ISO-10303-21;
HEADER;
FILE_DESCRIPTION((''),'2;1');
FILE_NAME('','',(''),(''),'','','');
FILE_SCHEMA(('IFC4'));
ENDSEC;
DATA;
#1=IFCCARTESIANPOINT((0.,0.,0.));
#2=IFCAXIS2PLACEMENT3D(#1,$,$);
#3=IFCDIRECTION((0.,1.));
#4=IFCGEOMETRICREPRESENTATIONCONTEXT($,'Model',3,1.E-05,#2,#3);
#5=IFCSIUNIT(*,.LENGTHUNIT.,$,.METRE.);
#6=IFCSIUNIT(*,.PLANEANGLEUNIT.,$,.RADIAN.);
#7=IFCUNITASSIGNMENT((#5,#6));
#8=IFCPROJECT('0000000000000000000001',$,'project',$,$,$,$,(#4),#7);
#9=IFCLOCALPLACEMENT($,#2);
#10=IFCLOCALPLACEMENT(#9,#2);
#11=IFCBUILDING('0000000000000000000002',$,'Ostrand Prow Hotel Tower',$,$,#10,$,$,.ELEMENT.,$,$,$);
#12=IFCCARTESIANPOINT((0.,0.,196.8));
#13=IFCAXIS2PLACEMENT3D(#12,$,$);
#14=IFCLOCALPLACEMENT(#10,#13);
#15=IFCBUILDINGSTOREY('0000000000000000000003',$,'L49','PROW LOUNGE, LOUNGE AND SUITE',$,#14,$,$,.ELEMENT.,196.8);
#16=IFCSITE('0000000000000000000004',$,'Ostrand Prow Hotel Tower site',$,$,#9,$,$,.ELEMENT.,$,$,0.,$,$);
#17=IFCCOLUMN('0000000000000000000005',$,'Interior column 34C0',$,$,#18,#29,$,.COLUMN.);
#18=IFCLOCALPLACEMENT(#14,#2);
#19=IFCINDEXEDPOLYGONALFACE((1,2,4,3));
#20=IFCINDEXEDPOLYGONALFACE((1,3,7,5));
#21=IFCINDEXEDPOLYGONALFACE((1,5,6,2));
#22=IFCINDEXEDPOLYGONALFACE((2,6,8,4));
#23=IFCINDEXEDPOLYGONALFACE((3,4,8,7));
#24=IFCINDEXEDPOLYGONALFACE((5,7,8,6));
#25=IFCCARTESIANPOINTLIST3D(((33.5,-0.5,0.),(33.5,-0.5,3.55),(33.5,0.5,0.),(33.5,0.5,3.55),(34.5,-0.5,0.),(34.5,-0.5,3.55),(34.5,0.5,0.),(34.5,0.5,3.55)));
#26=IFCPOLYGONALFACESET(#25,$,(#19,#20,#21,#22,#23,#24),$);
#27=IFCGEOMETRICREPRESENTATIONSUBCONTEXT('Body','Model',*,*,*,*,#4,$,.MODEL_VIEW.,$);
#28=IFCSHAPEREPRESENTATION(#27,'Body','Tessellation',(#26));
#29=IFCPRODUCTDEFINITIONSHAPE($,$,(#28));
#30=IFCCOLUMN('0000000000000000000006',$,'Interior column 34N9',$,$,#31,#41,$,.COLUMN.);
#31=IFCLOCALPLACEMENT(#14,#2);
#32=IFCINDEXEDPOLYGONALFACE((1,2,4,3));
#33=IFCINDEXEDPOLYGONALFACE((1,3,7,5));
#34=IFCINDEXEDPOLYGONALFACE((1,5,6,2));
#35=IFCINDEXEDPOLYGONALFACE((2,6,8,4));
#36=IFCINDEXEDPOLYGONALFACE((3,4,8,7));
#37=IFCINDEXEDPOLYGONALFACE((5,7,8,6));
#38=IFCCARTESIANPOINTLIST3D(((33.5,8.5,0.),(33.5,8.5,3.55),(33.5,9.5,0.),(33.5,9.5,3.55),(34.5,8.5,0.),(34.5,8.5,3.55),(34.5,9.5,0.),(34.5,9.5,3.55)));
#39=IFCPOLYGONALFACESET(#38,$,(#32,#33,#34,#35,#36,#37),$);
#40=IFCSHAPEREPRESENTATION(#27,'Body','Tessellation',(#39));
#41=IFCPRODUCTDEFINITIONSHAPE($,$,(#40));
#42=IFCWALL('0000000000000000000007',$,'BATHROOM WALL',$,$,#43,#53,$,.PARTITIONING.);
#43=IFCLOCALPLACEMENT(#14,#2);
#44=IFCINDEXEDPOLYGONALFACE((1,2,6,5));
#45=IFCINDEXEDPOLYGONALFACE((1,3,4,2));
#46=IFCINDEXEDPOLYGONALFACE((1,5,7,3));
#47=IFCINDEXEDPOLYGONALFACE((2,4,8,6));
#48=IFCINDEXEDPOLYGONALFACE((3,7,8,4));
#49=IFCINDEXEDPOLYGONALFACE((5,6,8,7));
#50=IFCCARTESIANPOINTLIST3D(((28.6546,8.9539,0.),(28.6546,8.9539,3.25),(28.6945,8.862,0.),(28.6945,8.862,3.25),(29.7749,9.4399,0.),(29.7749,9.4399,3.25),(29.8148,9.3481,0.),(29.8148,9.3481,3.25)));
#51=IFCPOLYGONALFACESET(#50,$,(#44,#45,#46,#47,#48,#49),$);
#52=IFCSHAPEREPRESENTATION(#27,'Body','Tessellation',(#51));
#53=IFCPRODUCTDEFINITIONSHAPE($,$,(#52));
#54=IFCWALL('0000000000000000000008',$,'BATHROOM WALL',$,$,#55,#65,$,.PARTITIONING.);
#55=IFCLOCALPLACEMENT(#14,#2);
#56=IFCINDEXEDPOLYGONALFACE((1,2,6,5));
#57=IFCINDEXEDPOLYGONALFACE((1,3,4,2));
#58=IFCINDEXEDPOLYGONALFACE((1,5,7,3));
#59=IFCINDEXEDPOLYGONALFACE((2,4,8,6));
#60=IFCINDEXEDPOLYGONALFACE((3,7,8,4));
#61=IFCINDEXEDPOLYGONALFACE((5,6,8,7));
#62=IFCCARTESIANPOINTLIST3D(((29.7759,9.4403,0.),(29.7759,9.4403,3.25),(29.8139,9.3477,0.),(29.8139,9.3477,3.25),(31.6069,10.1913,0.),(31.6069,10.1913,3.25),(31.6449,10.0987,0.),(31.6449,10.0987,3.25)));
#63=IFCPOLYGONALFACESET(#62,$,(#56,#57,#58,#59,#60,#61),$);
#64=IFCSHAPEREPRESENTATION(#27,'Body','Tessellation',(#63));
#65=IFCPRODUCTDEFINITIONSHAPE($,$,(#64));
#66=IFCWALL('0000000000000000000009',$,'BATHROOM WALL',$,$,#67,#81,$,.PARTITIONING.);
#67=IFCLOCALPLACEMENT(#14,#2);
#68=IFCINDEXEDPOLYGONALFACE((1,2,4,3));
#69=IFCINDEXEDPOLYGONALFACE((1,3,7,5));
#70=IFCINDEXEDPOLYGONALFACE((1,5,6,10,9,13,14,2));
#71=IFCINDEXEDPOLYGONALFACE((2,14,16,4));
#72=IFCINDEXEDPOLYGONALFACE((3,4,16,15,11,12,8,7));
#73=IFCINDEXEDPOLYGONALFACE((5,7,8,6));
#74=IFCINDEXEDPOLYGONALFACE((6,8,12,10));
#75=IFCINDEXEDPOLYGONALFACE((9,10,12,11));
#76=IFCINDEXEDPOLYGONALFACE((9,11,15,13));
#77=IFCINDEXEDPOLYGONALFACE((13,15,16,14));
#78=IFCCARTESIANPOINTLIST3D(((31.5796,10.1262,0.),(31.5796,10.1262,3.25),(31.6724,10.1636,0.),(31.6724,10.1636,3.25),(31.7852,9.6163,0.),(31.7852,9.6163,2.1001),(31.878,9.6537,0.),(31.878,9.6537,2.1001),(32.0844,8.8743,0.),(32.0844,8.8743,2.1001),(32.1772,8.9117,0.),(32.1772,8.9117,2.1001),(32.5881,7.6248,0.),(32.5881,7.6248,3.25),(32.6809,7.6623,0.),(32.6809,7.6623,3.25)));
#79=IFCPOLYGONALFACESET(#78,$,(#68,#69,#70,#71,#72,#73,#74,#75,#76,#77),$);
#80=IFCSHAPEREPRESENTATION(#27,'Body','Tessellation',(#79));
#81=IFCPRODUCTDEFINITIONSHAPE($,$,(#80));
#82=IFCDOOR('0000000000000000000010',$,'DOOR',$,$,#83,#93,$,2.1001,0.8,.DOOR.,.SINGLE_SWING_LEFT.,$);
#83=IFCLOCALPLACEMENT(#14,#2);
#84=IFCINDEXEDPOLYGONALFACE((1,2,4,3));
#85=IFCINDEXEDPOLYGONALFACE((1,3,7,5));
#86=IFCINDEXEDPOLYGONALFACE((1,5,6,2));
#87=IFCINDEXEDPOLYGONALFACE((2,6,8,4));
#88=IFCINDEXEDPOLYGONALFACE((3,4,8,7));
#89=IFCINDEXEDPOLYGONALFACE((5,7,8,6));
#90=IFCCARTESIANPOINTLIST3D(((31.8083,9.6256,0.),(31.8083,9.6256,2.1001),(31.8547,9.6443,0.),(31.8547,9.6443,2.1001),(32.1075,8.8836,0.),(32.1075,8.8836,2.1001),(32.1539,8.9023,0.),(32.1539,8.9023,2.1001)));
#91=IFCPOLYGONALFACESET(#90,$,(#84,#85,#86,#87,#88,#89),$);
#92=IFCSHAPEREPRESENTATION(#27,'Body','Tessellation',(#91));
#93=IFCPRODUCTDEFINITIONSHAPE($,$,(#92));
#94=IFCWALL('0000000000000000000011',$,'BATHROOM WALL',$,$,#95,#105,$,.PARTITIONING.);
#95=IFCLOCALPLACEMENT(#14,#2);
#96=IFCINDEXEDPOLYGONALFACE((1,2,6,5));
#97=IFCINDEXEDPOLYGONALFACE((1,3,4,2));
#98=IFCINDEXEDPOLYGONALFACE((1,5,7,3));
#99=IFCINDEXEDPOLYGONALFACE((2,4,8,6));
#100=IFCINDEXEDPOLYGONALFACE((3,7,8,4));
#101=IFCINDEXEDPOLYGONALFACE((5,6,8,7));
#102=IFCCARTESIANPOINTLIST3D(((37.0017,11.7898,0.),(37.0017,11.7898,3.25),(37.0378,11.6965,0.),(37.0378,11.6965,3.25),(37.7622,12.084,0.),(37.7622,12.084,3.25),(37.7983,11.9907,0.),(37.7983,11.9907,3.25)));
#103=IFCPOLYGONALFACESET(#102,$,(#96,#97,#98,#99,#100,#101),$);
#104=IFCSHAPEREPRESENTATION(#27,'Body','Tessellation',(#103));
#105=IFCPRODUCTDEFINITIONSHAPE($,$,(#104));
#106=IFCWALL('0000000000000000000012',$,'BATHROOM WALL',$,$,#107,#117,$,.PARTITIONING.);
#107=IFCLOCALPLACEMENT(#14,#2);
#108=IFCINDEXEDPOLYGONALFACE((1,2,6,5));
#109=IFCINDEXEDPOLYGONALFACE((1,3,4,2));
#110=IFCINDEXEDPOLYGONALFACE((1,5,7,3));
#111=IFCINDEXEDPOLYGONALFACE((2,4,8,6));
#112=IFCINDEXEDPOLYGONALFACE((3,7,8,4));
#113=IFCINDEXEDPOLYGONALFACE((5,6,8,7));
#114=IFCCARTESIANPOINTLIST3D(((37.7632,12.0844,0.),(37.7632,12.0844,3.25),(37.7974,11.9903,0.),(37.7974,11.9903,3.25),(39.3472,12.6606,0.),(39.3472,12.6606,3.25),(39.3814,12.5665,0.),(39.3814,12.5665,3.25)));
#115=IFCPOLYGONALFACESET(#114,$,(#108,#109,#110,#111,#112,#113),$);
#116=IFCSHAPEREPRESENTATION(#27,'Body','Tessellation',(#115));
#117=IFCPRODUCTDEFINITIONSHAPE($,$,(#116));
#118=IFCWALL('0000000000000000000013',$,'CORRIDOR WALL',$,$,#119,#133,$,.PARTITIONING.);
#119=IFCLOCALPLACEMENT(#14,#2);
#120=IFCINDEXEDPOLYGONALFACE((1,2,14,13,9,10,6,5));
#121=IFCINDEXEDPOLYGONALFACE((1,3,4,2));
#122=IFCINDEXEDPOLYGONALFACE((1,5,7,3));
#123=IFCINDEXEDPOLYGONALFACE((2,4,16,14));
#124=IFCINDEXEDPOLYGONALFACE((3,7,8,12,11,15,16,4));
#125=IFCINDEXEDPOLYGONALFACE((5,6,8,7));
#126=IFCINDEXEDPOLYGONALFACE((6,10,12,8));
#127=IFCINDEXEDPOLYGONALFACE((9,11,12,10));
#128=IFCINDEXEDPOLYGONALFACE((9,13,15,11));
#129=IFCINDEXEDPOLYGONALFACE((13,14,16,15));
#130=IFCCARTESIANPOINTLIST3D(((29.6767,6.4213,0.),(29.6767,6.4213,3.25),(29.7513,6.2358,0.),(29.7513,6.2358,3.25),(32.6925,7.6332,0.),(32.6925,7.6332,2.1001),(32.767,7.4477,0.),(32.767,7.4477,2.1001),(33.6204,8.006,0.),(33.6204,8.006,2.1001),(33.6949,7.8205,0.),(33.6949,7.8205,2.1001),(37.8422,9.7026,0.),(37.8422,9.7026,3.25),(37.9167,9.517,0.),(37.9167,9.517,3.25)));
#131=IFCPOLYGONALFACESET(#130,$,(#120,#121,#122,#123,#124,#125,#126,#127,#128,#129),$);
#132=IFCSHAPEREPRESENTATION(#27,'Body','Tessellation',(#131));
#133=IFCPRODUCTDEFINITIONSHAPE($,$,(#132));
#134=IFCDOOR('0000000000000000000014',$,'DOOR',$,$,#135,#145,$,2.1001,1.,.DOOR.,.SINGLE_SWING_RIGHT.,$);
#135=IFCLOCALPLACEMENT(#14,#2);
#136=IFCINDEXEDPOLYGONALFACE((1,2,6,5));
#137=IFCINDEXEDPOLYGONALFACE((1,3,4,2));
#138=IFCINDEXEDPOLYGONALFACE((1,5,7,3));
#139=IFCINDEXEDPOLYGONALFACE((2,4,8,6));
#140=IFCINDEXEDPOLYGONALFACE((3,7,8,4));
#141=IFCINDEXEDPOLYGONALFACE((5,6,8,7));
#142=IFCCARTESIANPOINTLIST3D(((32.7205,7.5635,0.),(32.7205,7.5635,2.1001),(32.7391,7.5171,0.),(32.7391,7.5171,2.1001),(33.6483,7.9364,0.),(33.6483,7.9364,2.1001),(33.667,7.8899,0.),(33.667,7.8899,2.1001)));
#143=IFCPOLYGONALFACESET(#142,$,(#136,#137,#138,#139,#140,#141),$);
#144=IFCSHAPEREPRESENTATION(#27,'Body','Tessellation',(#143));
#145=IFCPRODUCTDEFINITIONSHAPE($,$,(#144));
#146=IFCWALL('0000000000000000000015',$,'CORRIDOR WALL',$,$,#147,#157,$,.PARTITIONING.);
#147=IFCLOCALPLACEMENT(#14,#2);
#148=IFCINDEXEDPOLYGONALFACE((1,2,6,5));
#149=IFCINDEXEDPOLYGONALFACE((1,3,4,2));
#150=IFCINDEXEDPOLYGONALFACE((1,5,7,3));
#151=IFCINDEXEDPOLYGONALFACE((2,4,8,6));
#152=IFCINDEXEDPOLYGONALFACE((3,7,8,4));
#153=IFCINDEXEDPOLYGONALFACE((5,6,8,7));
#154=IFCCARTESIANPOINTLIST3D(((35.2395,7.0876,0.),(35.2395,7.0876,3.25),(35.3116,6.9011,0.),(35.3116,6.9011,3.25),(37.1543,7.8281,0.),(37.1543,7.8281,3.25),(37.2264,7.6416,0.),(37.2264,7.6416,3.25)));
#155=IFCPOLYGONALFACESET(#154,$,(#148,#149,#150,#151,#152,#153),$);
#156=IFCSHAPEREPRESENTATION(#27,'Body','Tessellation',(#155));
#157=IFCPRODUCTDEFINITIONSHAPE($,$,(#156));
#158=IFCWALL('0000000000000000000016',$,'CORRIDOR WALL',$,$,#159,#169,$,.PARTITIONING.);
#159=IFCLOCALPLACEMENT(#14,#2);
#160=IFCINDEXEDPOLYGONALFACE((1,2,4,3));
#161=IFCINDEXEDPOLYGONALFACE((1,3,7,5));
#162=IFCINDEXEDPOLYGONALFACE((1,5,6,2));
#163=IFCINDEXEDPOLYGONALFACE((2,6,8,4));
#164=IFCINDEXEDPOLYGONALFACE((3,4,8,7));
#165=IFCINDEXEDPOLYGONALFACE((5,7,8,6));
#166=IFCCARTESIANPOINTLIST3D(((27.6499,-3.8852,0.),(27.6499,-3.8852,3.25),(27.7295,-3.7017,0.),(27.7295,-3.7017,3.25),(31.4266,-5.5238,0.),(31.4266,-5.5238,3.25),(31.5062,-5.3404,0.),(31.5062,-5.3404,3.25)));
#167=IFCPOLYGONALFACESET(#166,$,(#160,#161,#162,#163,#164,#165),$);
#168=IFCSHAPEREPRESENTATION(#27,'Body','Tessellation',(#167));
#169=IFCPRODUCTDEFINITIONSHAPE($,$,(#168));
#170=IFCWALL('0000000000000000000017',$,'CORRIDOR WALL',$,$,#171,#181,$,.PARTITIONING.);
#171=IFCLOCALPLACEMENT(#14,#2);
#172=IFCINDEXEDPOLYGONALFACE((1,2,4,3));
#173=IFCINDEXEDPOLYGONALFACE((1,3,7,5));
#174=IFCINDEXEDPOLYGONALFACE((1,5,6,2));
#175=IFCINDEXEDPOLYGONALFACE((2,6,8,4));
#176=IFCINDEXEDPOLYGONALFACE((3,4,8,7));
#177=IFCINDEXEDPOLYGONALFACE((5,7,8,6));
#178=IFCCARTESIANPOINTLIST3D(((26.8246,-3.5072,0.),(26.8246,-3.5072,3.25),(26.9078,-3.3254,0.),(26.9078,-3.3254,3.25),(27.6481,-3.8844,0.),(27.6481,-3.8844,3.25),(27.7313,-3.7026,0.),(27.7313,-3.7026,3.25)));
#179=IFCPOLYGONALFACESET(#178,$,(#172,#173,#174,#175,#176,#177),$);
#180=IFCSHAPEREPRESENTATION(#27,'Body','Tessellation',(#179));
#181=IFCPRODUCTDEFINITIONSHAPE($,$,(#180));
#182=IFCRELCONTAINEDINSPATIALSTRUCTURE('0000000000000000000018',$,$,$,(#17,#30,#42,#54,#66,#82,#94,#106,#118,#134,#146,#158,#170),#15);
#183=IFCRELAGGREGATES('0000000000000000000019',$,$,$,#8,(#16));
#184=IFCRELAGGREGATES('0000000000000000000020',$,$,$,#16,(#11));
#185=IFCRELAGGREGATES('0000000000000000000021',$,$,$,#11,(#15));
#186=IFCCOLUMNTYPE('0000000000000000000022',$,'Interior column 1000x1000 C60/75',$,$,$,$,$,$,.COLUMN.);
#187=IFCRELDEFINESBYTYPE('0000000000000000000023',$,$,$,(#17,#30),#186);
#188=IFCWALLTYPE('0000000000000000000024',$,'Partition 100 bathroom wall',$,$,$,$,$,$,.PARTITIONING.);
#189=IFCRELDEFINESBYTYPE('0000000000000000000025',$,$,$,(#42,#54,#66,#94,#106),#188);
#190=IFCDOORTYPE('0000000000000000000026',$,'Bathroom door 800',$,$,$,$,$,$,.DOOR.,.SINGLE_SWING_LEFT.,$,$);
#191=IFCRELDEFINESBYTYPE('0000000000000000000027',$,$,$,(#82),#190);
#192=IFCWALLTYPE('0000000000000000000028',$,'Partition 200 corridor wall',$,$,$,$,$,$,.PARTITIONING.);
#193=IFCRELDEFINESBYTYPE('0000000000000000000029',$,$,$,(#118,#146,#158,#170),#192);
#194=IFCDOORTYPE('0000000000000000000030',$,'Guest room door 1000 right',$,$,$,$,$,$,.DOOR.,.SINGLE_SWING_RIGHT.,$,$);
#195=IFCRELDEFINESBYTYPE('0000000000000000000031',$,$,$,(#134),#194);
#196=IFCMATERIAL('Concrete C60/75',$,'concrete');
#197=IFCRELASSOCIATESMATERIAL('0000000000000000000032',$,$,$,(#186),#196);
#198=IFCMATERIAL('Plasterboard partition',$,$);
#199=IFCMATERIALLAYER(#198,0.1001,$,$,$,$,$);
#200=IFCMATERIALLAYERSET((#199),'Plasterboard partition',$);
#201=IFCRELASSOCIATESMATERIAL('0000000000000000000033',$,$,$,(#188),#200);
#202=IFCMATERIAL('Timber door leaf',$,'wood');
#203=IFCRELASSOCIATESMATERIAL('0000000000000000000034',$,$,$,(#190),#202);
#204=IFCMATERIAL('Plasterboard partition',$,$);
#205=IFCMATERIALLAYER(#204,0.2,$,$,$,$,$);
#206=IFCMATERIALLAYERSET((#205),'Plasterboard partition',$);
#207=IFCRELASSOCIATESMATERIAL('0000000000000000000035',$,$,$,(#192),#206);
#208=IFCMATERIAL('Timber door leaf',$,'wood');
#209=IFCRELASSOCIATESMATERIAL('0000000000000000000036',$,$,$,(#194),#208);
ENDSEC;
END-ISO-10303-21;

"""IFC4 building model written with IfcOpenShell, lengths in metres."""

from ifc_helpers import new_model, si_unit, direction, frame, frame_2d, origin, origin_2d, place, context, subcontext, project, spatial, rectangle, extrude, material, layer, layer_set, material_profile, profile_set, type_object, element, fill, save


model = new_model("IFC4")

# Units and contexts
model_context = context("Model", 3, precision=1e-05, world=origin(), true_north=direction((0.0, 1.0)))
body_context = subcontext(model_context, "Body", "Model", "MODEL_VIEW")
ifc_project = project(units=[si_unit("LENGTHUNIT", "METRE"), si_unit("PLANEANGLEUNIT", "RADIAN")], contexts=[model_context])

# Site, building, storey
site_placement = place(None, origin())
site = spatial("IfcSite", under=ifc_project, at=site_placement, Name="Ostrand Prow Hotel Tower site", CompositionType="ELEMENT", RefElevation=0.0)
building_placement = place(site_placement, origin())
building = spatial("IfcBuilding", under=site, at=building_placement, Name="Ostrand Prow Hotel Tower", CompositionType="ELEMENT")
storey_placement = place(building_placement, frame((0.0, 0.0, 196.8)))
storey = spatial("IfcBuildingStorey", under=building, at=storey_placement, Name="L49", Description="PROW LOUNGE, LOUNGE AND SUITE", CompositionType="ELEMENT", Elevation=196.8)

# Columns
ifc_material_1 = material(Name="Concrete C60/75", Category="concrete")
ifc_material_profile = material_profile(ifc_material_1, rectangle(XDim=1.0, YDim=1.0, at=origin_2d()), Name="RC 1000x1000")
ifc_profile_set = profile_set([ifc_material_profile], Name="Concrete C60/75")
column_type = type_object("IfcColumnType", Name="Interior column 1000x1000 C60/75", PredefinedType="COLUMN", material=ifc_profile_set)
for number, where, z_axis, x_axis, name in (
    (1, (34.0, 0.0, 0.0), (0.0, 0.0, 1.0), (1.0, 0.0, 0.0), "Interior column 34C0"),
    (2, (34.0, 9.0, 0.0), (0.0, 0.0, 1.0), (1.0, 0.0, 0.0), "Interior column 34N9"),
):
    element("IfcColumn", number, at=place(storey_placement, frame(where, z_axis=z_axis, x_axis=x_axis)), inside=storey, type_object=column_type, Name=name, PredefinedType="COLUMN", context=body_context, shape_type="SweptSolid", body=[
        extrude(rectangle(XDim=1.0, YDim=1.0, at=origin_2d()), origin(), (0.0, 0.0, 1.0), 3.55),
    ])

# Walls
ifc_material_2 = material(Name="Plasterboard partition")
ifc_layer_1 = layer(ifc_material_2, 0.1001)
ifc_layer_set_1 = layer_set([ifc_layer_1], Name="Plasterboard partition")
wall_type_1 = type_object("IfcWallType", Name="Partition 100 bathroom wall", PredefinedType="PARTITIONING", material=ifc_layer_set_1)
wall_1_placement = place(storey_placement, frame((28.6746, 8.908, 0.0), z_axis=(0.0, 0.0, 1.0), x_axis=(0.917378, 0.398017, 0.0)))
element("IfcWall", 3, at=wall_1_placement, inside=storey, type_object=wall_type_1, Name="BATHROOM WALL", PredefinedType="PARTITIONING", context=body_context, shape_type="SweptSolid", body=[
    extrude(rectangle(XDim=1.2212, YDim=0.1001, at=frame_2d((0.6106, 0.0))), origin(), (0.0, 0.0, 1.0), 3.25),
])
wall_2_placement = place(storey_placement, frame((29.7949, 9.394, 0.0), z_axis=(0.0, 0.0, 1.0), x_axis=(0.925209, 0.379459, 0.0)))
element("IfcWall", 4, at=wall_2_placement, inside=storey, type_object=wall_type_1, Name="BATHROOM WALL", PredefinedType="PARTITIONING", context=body_context, shape_type="SweptSolid", body=[
    extrude(rectangle(XDim=1.979, YDim=0.1001, at=frame_2d((0.9895, 0.0))), origin(), (0.0, 0.0, 1.0), 3.25),
])

# Wall, opening, door
wall_3_placement = place(storey_placement, frame((31.626, 10.145, 0.0), z_axis=(0.0, 0.0, 1.0), x_axis=(0.373933, -0.927456, 0.0)))
wall_3 = element("IfcWall", 5, at=wall_3_placement, inside=storey, type_object=wall_type_1, Name="BATHROOM WALL", PredefinedType="PARTITIONING", context=body_context, shape_type="SweptSolid", body=[
    extrude(rectangle(XDim=2.697, YDim=0.1001, at=frame_2d((1.3486, 0.0))), origin(), (0.0, 0.0, 1.0), 3.25),
])
opening_1_placement = place(wall_3_placement, frame((0.55, 0.0, 0.0)))
opening_1 = element("IfcOpeningElement", 6, at=opening_1_placement, cuts=wall_3, PredefinedType="OPENING", context=body_context, shape_type="SweptSolid", body=[
    extrude(rectangle(XDim=0.8, YDim=2.1001, at=frame_2d((0.3999, 1.05))), frame((0.0, 0.0601, 0.0), z_axis=(0.0, -1.0, 0.0), x_axis=(1.0, 0.0, 0.0)), (0.0, 0.0, 1.0), 0.1201),
])
ifc_material_3 = material(Name="Timber door leaf", Category="wood")
door_type_1 = type_object("IfcDoorType", Name="Bathroom door 800", OperationType="SINGLE_SWING_LEFT", PredefinedType="DOOR", material=ifc_material_3)
door_1_placement = place(opening_1_placement, origin())
door_1 = element("IfcDoor", 7, at=door_1_placement, inside=storey, type_object=door_type_1, Name="DOOR", OperationType="SINGLE_SWING_LEFT", OverallHeight=2.1001, OverallWidth=0.8, PredefinedType="DOOR", context=body_context, shape_type="SweptSolid", body=[
    extrude(rectangle(XDim=0.8, YDim=2.1001, at=frame_2d((0.3999, 1.05))), frame((0.0, 0.0249, 0.0), z_axis=(0.0, -1.0, 0.0), x_axis=(1.0, 0.0, 0.0)), (0.0, 0.0, 1.0), 0.05),
])
fill(opening_1, door_1)

# Walls
wall_4_placement = place(storey_placement, frame((37.0198, 11.7432, 0.0), z_axis=(0.0, 0.0, 1.0), x_axis=(0.932649, 0.360784, 0.0)))
element("IfcWall", 8, at=wall_4_placement, inside=storey, type_object=wall_type_1, Name="BATHROOM WALL", PredefinedType="PARTITIONING", context=body_context, shape_type="SweptSolid", body=[
    extrude(rectangle(XDim=0.8154, YDim=0.1001, at=frame_2d((0.4077, 0.0))), origin(), (0.0, 0.0, 1.0), 3.25),
])
wall_5_placement = place(storey_placement, frame((37.7803, 12.0374, 0.0), z_axis=(0.0, 0.0, 1.0), x_axis=(0.93976, 0.341836, 0.0)))
element("IfcWall", 9, at=wall_5_placement, inside=storey, type_object=wall_type_1, Name="BATHROOM WALL", PredefinedType="PARTITIONING", context=body_context, shape_type="SweptSolid", body=[
    extrude(rectangle(XDim=1.6855, YDim=0.1001, at=frame_2d((0.8428, 0.0))), origin(), (0.0, 0.0, 1.0), 3.25),
])

# Wall, opening, door
ifc_material_4 = material(Name="Plasterboard partition")
ifc_layer_2 = layer(ifc_material_4, 0.2)
ifc_layer_set_2 = layer_set([ifc_layer_2], Name="Plasterboard partition")
wall_type_2 = type_object("IfcWallType", Name="Partition 200 corridor wall", PredefinedType="PARTITIONING", material=ifc_layer_set_2)
wall_6_placement = place(storey_placement, frame((29.7141, 6.3286, 0.0), z_axis=(0.0, 0.0, 1.0), x_axis=(0.927886, 0.372863, 0.0)))
wall_6 = element("IfcWall", 10, at=wall_6_placement, inside=storey, type_object=wall_type_2, Name="CORRIDOR WALL", PredefinedType="PARTITIONING", context=body_context, shape_type="SweptSolid", body=[
    extrude(rectangle(XDim=8.8, YDim=0.2, at=frame_2d((4.3999, 0.0))), origin(), (0.0, 0.0, 1.0), 3.25),
])
opening_2_placement = place(wall_6_placement, frame((3.25, 0.0, 0.0)))
opening_2 = element("IfcOpeningElement", 11, at=opening_2_placement, cuts=wall_6, PredefinedType="OPENING", context=body_context, shape_type="SweptSolid", body=[
    extrude(rectangle(XDim=1.0, YDim=2.1001, at=frame_2d((0.5, 1.05))), frame((0.0, 0.1099, 0.0), z_axis=(0.0, -1.0, 0.0), x_axis=(1.0, 0.0, 0.0)), (0.0, 0.0, 1.0), 0.22),
])
ifc_material_5 = material(Name="Timber door leaf", Category="wood")
door_type_2 = type_object("IfcDoorType", Name="Guest room door 1000 right", OperationType="SINGLE_SWING_RIGHT", PredefinedType="DOOR", material=ifc_material_5)
door_2_placement = place(opening_2_placement, origin())
door_2 = element("IfcDoor", 12, at=door_2_placement, inside=storey, type_object=door_type_2, Name="DOOR", OperationType="SINGLE_SWING_RIGHT", OverallHeight=2.1001, OverallWidth=1.0, PredefinedType="DOOR", context=body_context, shape_type="SweptSolid", body=[
    extrude(rectangle(XDim=1.0, YDim=2.1001, at=frame_2d((0.5, 1.05))), frame((0.0, 0.0249, 0.0), z_axis=(0.0, -1.0, 0.0), x_axis=(1.0, 0.0, 0.0)), (0.0, 0.0, 1.0), 0.05),
])
fill(opening_2, door_2)

# Walls
wall_7_placement = place(storey_placement, frame((35.2756, 6.9944, 0.0), z_axis=(0.0, 0.0, 1.0), x_axis=(0.932688, 0.360684, 0.0)))
element("IfcWall", 13, at=wall_7_placement, inside=storey, type_object=wall_type_2, Name="CORRIDOR WALL", PredefinedType="PARTITIONING", context=body_context, shape_type="SweptSolid", body=[
    extrude(rectangle(XDim=2.053, YDim=0.2, at=frame_2d((1.0264, 0.0))), origin(), (0.0, 0.0, 1.0), 3.25),
])
wall_8_placement = place(storey_placement, frame((31.4666, -5.4321, 0.0), z_axis=(0.0, 0.0, 1.0), x_axis=(-0.917375, 0.398023, 0.0)))
element("IfcWall", 14, at=wall_8_placement, inside=storey, type_object=wall_type_2, Name="CORRIDOR WALL", PredefinedType="PARTITIONING", context=body_context, shape_type="SweptSolid", body=[
    extrude(rectangle(XDim=4.1169, YDim=0.2, at=frame_2d((2.0586, 0.0))), origin(), (0.0, 0.0, 1.0), 3.25),
])
wall_9_placement = place(storey_placement, frame((27.6897, -3.7935, 0.0), z_axis=(0.0, 0.0, 1.0), x_axis=(-0.909163, 0.416441, 0.0)))
element("IfcWall", 15, at=wall_9_placement, inside=storey, type_object=wall_type_2, Name="CORRIDOR WALL", PredefinedType="PARTITIONING", context=body_context, shape_type="SweptSolid", body=[
    extrude(rectangle(XDim=0.9058, YDim=0.2, at=frame_2d((0.4529, 0.0))), origin(), (0.0, 0.0, 1.0), 3.25),
])

save(model, "model.ifc")
